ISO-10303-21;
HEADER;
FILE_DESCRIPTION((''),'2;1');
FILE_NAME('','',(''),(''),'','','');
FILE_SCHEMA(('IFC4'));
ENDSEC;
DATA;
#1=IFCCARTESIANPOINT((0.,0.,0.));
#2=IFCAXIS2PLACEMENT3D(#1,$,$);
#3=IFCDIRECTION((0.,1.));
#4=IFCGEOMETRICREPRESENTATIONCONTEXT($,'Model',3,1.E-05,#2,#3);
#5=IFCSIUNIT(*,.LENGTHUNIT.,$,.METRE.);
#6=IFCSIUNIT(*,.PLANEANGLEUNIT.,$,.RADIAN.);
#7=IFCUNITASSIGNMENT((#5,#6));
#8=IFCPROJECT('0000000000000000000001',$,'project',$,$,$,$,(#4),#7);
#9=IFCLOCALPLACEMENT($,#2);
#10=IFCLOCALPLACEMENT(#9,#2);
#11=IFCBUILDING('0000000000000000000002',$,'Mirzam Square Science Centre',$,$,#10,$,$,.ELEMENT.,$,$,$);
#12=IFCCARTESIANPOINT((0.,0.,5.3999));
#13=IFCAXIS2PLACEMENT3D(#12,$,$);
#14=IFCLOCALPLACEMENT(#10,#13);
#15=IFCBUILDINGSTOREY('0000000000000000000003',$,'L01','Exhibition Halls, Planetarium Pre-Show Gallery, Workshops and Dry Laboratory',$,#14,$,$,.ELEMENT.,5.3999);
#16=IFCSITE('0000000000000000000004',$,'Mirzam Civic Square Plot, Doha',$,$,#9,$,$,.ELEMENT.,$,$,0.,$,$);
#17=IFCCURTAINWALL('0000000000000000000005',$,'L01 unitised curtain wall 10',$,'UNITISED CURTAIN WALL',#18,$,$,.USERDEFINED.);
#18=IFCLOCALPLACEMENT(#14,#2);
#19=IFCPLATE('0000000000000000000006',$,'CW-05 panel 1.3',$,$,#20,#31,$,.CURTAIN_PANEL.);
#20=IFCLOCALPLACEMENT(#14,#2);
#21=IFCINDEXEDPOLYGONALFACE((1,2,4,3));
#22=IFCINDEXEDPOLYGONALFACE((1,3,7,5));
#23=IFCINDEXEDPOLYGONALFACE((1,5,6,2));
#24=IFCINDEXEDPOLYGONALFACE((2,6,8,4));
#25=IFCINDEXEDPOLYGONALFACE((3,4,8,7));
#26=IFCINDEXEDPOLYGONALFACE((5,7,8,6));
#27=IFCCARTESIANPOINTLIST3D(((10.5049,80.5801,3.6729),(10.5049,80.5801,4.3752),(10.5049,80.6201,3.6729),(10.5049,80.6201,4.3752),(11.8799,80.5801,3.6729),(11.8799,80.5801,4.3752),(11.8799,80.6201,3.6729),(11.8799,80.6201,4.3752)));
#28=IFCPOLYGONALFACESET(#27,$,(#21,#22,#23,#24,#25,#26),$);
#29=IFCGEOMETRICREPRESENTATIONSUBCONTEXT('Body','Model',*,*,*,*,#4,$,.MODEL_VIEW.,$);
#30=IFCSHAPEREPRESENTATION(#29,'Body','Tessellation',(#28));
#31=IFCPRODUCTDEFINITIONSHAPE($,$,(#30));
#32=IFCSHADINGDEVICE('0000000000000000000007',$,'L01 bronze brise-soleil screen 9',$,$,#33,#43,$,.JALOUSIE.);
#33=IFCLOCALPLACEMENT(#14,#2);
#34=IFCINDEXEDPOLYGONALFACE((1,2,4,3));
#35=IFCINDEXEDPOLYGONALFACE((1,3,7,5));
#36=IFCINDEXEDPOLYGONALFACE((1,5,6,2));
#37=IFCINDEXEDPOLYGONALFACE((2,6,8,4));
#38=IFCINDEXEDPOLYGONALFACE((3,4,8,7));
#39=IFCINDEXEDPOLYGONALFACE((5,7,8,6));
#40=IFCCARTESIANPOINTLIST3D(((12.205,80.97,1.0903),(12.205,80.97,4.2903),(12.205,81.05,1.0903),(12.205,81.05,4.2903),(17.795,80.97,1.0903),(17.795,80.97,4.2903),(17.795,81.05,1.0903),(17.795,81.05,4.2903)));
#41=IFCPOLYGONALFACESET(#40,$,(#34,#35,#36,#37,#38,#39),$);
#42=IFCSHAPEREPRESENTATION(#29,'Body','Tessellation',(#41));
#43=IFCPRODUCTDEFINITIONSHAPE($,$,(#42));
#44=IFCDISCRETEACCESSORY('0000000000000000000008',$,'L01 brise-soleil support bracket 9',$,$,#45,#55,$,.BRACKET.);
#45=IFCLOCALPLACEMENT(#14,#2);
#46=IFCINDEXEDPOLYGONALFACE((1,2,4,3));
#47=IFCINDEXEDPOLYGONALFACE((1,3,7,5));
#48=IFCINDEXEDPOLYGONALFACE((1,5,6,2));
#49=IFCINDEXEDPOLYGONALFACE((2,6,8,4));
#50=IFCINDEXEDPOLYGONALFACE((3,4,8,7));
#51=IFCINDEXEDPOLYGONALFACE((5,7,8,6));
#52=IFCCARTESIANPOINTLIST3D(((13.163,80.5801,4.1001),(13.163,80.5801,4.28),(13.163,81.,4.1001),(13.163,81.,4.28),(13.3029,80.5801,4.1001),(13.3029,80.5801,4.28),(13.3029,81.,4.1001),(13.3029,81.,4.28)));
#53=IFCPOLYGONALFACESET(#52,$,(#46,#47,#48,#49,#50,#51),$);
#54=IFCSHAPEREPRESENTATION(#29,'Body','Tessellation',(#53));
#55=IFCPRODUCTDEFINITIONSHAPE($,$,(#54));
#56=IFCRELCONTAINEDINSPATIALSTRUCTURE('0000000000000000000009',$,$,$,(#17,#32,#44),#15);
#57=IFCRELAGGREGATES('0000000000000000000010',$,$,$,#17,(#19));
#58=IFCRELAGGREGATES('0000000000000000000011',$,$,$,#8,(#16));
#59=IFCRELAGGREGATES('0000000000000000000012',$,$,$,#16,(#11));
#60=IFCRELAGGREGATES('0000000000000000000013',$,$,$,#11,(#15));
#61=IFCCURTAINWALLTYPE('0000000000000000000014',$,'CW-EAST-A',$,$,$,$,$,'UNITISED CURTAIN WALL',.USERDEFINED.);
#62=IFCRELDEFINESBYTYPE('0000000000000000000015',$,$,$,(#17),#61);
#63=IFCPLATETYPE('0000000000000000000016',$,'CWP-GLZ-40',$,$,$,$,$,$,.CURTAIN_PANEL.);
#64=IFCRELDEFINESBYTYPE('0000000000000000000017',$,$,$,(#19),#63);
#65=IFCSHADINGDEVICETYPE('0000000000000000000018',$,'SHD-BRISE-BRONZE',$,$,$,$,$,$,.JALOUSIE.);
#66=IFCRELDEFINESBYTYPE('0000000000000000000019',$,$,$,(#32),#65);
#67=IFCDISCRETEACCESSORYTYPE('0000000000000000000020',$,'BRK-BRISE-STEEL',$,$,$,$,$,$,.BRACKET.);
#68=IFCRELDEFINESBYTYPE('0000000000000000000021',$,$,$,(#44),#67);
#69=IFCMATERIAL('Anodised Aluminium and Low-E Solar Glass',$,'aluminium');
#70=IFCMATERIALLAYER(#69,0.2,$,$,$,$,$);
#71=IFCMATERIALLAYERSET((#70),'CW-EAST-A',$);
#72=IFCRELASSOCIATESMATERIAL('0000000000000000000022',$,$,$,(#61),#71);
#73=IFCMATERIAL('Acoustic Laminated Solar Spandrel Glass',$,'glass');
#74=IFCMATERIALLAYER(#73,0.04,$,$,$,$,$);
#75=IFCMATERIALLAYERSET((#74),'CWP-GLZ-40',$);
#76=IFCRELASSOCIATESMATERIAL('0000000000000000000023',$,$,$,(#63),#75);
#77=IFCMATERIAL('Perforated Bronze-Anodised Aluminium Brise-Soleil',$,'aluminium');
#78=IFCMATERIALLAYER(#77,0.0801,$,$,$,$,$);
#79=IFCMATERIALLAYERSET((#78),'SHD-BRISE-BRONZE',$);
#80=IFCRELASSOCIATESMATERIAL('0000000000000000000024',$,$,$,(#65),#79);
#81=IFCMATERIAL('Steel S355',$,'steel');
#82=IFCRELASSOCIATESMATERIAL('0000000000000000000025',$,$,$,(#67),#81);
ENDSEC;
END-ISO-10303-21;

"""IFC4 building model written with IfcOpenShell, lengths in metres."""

from ifc_helpers import new_model, si_unit, direction, frame, origin, origin_2d, place, context, subcontext, project, spatial, rectangle, extrude, material, layer, layer_set, type_object, element, aggregate, save


model = new_model("IFC4")

# Units and contexts
model_context = context("Model", 3, precision=1e-05, world=origin(), true_north=direction((0.0, 1.0)))
body_context = subcontext(model_context, "Body", "Model", "MODEL_VIEW")
ifc_project = project(units=[si_unit("LENGTHUNIT", "METRE"), si_unit("PLANEANGLEUNIT", "RADIAN")], contexts=[model_context])

# Site, building, storey
site_placement = place(None, origin())
site = spatial("IfcSite", under=ifc_project, at=site_placement, Name="Mirzam Civic Square Plot, Doha", CompositionType="ELEMENT", RefElevation=0.0)
building_placement = place(site_placement, origin())
building = spatial("IfcBuilding", under=site, at=building_placement, Name="Mirzam Square Science Centre", CompositionType="ELEMENT")
storey_placement = place(building_placement, frame((0.0, 0.0, 5.3999)))
storey = spatial("IfcBuildingStorey", under=building, at=storey_placement, Name="L01", Description="Exhibition Halls, Planetarium Pre-Show Gallery, Workshops and Dry Laboratory", CompositionType="ELEMENT", Elevation=5.3999)

# Shared definitions
ifc_material_1 = material(Name="Steel S355", Category="steel")

# Curtain wall
ifc_material_2 = material(Name="Anodised Aluminium and Low-E Solar Glass", Category="aluminium")
ifc_layer_1 = layer(ifc_material_2, 0.2)
ifc_layer_set_1 = layer_set([ifc_layer_1], Name="CW-EAST-A")
curtain_wall_type_1 = type_object("IfcCurtainWallType", Name="CW-EAST-A", ElementType="UNITISED CURTAIN WALL", PredefinedType="USERDEFINED", material=ifc_layer_set_1)
curtain_wall_1_placement = place(storey_placement, origin())
curtain_wall_1 = element("IfcCurtainWall", 1, at=curtain_wall_1_placement, inside=storey, type_object=curtain_wall_type_1, Name="L01 unitised curtain wall 10", ObjectType="UNITISED CURTAIN WALL", PredefinedType="USERDEFINED")

# Plate
ifc_material_3 = material(Name="Acoustic Laminated Solar Spandrel Glass", Category="glass")
ifc_layer_2 = layer(ifc_material_3, 0.04)
ifc_layer_set_2 = layer_set([ifc_layer_2], Name="CWP-GLZ-40")
plate_type_1 = type_object("IfcPlateType", Name="CWP-GLZ-40", PredefinedType="CURTAIN_PANEL", material=ifc_layer_set_2)
plate_1_placement = place(storey_placement, frame((11.1924, 80.6001, 3.6729), z_axis=(0.0, 0.0, 1.0), x_axis=(-1.0, 0.0, 0.0)))
plate_1 = element("IfcPlate", 2, at=plate_1_placement, type_object=plate_type_1, Name="CW-05 panel 1.3", PredefinedType="CURTAIN_PANEL", context=body_context, shape_type="SweptSolid", body=[
    extrude(rectangle(XDim=1.375, YDim=0.04, at=origin_2d()), origin(), (0.0, 0.0, 1.0), 0.7024),
])
aggregate(curtain_wall_1, [plate_1])

# Shading device
ifc_material_4 = material(Name="Perforated Bronze-Anodised Aluminium Brise-Soleil", Category="aluminium")
ifc_layer_3 = layer(ifc_material_4, 0.0801)
ifc_layer_set_3 = layer_set([ifc_layer_3], Name="SHD-BRISE-BRONZE")
shading_device_type = type_object("IfcShadingDeviceType", Name="SHD-BRISE-BRONZE", PredefinedType="JALOUSIE", material=ifc_layer_set_3)
shading_device_placement = place(storey_placement, frame((15.0, 81.01, 1.0903), z_axis=(0.0, 0.0, 1.0), x_axis=(-1.0, 0.0, 0.0)))
element("IfcShadingDevice", 3, at=shading_device_placement, inside=storey, type_object=shading_device_type, Name="L01 bronze brise-soleil screen 9", PredefinedType="JALOUSIE", context=body_context, shape_type="SweptSolid", body=[
    extrude(rectangle(XDim=5.5901, YDim=0.0801, at=origin_2d()), origin(), (0.0, 0.0, 1.0), 3.2),
])

# Discrete accessory
discrete_accessory_type = type_object("IfcDiscreteAccessoryType", Name="BRK-BRISE-STEEL", PredefinedType="BRACKET", material=ifc_material_1)
discrete_accessory_placement = place(storey_placement, frame((13.2329, 80.79, 4.1001), z_axis=(0.0, 0.0, 1.0), x_axis=(-1.0, 0.0, 0.0)))
element("IfcDiscreteAccessory", 4, at=discrete_accessory_placement, inside=storey, type_object=discrete_accessory_type, Name="L01 brise-soleil support bracket 9", PredefinedType="BRACKET", context=body_context, shape_type="SweptSolid", body=[
    extrude(rectangle(XDim=0.1399, YDim=0.4199, at=origin_2d()), origin(), (0.0, 0.0, 1.0), 0.1799),
])

save(model, "model.ifc")
